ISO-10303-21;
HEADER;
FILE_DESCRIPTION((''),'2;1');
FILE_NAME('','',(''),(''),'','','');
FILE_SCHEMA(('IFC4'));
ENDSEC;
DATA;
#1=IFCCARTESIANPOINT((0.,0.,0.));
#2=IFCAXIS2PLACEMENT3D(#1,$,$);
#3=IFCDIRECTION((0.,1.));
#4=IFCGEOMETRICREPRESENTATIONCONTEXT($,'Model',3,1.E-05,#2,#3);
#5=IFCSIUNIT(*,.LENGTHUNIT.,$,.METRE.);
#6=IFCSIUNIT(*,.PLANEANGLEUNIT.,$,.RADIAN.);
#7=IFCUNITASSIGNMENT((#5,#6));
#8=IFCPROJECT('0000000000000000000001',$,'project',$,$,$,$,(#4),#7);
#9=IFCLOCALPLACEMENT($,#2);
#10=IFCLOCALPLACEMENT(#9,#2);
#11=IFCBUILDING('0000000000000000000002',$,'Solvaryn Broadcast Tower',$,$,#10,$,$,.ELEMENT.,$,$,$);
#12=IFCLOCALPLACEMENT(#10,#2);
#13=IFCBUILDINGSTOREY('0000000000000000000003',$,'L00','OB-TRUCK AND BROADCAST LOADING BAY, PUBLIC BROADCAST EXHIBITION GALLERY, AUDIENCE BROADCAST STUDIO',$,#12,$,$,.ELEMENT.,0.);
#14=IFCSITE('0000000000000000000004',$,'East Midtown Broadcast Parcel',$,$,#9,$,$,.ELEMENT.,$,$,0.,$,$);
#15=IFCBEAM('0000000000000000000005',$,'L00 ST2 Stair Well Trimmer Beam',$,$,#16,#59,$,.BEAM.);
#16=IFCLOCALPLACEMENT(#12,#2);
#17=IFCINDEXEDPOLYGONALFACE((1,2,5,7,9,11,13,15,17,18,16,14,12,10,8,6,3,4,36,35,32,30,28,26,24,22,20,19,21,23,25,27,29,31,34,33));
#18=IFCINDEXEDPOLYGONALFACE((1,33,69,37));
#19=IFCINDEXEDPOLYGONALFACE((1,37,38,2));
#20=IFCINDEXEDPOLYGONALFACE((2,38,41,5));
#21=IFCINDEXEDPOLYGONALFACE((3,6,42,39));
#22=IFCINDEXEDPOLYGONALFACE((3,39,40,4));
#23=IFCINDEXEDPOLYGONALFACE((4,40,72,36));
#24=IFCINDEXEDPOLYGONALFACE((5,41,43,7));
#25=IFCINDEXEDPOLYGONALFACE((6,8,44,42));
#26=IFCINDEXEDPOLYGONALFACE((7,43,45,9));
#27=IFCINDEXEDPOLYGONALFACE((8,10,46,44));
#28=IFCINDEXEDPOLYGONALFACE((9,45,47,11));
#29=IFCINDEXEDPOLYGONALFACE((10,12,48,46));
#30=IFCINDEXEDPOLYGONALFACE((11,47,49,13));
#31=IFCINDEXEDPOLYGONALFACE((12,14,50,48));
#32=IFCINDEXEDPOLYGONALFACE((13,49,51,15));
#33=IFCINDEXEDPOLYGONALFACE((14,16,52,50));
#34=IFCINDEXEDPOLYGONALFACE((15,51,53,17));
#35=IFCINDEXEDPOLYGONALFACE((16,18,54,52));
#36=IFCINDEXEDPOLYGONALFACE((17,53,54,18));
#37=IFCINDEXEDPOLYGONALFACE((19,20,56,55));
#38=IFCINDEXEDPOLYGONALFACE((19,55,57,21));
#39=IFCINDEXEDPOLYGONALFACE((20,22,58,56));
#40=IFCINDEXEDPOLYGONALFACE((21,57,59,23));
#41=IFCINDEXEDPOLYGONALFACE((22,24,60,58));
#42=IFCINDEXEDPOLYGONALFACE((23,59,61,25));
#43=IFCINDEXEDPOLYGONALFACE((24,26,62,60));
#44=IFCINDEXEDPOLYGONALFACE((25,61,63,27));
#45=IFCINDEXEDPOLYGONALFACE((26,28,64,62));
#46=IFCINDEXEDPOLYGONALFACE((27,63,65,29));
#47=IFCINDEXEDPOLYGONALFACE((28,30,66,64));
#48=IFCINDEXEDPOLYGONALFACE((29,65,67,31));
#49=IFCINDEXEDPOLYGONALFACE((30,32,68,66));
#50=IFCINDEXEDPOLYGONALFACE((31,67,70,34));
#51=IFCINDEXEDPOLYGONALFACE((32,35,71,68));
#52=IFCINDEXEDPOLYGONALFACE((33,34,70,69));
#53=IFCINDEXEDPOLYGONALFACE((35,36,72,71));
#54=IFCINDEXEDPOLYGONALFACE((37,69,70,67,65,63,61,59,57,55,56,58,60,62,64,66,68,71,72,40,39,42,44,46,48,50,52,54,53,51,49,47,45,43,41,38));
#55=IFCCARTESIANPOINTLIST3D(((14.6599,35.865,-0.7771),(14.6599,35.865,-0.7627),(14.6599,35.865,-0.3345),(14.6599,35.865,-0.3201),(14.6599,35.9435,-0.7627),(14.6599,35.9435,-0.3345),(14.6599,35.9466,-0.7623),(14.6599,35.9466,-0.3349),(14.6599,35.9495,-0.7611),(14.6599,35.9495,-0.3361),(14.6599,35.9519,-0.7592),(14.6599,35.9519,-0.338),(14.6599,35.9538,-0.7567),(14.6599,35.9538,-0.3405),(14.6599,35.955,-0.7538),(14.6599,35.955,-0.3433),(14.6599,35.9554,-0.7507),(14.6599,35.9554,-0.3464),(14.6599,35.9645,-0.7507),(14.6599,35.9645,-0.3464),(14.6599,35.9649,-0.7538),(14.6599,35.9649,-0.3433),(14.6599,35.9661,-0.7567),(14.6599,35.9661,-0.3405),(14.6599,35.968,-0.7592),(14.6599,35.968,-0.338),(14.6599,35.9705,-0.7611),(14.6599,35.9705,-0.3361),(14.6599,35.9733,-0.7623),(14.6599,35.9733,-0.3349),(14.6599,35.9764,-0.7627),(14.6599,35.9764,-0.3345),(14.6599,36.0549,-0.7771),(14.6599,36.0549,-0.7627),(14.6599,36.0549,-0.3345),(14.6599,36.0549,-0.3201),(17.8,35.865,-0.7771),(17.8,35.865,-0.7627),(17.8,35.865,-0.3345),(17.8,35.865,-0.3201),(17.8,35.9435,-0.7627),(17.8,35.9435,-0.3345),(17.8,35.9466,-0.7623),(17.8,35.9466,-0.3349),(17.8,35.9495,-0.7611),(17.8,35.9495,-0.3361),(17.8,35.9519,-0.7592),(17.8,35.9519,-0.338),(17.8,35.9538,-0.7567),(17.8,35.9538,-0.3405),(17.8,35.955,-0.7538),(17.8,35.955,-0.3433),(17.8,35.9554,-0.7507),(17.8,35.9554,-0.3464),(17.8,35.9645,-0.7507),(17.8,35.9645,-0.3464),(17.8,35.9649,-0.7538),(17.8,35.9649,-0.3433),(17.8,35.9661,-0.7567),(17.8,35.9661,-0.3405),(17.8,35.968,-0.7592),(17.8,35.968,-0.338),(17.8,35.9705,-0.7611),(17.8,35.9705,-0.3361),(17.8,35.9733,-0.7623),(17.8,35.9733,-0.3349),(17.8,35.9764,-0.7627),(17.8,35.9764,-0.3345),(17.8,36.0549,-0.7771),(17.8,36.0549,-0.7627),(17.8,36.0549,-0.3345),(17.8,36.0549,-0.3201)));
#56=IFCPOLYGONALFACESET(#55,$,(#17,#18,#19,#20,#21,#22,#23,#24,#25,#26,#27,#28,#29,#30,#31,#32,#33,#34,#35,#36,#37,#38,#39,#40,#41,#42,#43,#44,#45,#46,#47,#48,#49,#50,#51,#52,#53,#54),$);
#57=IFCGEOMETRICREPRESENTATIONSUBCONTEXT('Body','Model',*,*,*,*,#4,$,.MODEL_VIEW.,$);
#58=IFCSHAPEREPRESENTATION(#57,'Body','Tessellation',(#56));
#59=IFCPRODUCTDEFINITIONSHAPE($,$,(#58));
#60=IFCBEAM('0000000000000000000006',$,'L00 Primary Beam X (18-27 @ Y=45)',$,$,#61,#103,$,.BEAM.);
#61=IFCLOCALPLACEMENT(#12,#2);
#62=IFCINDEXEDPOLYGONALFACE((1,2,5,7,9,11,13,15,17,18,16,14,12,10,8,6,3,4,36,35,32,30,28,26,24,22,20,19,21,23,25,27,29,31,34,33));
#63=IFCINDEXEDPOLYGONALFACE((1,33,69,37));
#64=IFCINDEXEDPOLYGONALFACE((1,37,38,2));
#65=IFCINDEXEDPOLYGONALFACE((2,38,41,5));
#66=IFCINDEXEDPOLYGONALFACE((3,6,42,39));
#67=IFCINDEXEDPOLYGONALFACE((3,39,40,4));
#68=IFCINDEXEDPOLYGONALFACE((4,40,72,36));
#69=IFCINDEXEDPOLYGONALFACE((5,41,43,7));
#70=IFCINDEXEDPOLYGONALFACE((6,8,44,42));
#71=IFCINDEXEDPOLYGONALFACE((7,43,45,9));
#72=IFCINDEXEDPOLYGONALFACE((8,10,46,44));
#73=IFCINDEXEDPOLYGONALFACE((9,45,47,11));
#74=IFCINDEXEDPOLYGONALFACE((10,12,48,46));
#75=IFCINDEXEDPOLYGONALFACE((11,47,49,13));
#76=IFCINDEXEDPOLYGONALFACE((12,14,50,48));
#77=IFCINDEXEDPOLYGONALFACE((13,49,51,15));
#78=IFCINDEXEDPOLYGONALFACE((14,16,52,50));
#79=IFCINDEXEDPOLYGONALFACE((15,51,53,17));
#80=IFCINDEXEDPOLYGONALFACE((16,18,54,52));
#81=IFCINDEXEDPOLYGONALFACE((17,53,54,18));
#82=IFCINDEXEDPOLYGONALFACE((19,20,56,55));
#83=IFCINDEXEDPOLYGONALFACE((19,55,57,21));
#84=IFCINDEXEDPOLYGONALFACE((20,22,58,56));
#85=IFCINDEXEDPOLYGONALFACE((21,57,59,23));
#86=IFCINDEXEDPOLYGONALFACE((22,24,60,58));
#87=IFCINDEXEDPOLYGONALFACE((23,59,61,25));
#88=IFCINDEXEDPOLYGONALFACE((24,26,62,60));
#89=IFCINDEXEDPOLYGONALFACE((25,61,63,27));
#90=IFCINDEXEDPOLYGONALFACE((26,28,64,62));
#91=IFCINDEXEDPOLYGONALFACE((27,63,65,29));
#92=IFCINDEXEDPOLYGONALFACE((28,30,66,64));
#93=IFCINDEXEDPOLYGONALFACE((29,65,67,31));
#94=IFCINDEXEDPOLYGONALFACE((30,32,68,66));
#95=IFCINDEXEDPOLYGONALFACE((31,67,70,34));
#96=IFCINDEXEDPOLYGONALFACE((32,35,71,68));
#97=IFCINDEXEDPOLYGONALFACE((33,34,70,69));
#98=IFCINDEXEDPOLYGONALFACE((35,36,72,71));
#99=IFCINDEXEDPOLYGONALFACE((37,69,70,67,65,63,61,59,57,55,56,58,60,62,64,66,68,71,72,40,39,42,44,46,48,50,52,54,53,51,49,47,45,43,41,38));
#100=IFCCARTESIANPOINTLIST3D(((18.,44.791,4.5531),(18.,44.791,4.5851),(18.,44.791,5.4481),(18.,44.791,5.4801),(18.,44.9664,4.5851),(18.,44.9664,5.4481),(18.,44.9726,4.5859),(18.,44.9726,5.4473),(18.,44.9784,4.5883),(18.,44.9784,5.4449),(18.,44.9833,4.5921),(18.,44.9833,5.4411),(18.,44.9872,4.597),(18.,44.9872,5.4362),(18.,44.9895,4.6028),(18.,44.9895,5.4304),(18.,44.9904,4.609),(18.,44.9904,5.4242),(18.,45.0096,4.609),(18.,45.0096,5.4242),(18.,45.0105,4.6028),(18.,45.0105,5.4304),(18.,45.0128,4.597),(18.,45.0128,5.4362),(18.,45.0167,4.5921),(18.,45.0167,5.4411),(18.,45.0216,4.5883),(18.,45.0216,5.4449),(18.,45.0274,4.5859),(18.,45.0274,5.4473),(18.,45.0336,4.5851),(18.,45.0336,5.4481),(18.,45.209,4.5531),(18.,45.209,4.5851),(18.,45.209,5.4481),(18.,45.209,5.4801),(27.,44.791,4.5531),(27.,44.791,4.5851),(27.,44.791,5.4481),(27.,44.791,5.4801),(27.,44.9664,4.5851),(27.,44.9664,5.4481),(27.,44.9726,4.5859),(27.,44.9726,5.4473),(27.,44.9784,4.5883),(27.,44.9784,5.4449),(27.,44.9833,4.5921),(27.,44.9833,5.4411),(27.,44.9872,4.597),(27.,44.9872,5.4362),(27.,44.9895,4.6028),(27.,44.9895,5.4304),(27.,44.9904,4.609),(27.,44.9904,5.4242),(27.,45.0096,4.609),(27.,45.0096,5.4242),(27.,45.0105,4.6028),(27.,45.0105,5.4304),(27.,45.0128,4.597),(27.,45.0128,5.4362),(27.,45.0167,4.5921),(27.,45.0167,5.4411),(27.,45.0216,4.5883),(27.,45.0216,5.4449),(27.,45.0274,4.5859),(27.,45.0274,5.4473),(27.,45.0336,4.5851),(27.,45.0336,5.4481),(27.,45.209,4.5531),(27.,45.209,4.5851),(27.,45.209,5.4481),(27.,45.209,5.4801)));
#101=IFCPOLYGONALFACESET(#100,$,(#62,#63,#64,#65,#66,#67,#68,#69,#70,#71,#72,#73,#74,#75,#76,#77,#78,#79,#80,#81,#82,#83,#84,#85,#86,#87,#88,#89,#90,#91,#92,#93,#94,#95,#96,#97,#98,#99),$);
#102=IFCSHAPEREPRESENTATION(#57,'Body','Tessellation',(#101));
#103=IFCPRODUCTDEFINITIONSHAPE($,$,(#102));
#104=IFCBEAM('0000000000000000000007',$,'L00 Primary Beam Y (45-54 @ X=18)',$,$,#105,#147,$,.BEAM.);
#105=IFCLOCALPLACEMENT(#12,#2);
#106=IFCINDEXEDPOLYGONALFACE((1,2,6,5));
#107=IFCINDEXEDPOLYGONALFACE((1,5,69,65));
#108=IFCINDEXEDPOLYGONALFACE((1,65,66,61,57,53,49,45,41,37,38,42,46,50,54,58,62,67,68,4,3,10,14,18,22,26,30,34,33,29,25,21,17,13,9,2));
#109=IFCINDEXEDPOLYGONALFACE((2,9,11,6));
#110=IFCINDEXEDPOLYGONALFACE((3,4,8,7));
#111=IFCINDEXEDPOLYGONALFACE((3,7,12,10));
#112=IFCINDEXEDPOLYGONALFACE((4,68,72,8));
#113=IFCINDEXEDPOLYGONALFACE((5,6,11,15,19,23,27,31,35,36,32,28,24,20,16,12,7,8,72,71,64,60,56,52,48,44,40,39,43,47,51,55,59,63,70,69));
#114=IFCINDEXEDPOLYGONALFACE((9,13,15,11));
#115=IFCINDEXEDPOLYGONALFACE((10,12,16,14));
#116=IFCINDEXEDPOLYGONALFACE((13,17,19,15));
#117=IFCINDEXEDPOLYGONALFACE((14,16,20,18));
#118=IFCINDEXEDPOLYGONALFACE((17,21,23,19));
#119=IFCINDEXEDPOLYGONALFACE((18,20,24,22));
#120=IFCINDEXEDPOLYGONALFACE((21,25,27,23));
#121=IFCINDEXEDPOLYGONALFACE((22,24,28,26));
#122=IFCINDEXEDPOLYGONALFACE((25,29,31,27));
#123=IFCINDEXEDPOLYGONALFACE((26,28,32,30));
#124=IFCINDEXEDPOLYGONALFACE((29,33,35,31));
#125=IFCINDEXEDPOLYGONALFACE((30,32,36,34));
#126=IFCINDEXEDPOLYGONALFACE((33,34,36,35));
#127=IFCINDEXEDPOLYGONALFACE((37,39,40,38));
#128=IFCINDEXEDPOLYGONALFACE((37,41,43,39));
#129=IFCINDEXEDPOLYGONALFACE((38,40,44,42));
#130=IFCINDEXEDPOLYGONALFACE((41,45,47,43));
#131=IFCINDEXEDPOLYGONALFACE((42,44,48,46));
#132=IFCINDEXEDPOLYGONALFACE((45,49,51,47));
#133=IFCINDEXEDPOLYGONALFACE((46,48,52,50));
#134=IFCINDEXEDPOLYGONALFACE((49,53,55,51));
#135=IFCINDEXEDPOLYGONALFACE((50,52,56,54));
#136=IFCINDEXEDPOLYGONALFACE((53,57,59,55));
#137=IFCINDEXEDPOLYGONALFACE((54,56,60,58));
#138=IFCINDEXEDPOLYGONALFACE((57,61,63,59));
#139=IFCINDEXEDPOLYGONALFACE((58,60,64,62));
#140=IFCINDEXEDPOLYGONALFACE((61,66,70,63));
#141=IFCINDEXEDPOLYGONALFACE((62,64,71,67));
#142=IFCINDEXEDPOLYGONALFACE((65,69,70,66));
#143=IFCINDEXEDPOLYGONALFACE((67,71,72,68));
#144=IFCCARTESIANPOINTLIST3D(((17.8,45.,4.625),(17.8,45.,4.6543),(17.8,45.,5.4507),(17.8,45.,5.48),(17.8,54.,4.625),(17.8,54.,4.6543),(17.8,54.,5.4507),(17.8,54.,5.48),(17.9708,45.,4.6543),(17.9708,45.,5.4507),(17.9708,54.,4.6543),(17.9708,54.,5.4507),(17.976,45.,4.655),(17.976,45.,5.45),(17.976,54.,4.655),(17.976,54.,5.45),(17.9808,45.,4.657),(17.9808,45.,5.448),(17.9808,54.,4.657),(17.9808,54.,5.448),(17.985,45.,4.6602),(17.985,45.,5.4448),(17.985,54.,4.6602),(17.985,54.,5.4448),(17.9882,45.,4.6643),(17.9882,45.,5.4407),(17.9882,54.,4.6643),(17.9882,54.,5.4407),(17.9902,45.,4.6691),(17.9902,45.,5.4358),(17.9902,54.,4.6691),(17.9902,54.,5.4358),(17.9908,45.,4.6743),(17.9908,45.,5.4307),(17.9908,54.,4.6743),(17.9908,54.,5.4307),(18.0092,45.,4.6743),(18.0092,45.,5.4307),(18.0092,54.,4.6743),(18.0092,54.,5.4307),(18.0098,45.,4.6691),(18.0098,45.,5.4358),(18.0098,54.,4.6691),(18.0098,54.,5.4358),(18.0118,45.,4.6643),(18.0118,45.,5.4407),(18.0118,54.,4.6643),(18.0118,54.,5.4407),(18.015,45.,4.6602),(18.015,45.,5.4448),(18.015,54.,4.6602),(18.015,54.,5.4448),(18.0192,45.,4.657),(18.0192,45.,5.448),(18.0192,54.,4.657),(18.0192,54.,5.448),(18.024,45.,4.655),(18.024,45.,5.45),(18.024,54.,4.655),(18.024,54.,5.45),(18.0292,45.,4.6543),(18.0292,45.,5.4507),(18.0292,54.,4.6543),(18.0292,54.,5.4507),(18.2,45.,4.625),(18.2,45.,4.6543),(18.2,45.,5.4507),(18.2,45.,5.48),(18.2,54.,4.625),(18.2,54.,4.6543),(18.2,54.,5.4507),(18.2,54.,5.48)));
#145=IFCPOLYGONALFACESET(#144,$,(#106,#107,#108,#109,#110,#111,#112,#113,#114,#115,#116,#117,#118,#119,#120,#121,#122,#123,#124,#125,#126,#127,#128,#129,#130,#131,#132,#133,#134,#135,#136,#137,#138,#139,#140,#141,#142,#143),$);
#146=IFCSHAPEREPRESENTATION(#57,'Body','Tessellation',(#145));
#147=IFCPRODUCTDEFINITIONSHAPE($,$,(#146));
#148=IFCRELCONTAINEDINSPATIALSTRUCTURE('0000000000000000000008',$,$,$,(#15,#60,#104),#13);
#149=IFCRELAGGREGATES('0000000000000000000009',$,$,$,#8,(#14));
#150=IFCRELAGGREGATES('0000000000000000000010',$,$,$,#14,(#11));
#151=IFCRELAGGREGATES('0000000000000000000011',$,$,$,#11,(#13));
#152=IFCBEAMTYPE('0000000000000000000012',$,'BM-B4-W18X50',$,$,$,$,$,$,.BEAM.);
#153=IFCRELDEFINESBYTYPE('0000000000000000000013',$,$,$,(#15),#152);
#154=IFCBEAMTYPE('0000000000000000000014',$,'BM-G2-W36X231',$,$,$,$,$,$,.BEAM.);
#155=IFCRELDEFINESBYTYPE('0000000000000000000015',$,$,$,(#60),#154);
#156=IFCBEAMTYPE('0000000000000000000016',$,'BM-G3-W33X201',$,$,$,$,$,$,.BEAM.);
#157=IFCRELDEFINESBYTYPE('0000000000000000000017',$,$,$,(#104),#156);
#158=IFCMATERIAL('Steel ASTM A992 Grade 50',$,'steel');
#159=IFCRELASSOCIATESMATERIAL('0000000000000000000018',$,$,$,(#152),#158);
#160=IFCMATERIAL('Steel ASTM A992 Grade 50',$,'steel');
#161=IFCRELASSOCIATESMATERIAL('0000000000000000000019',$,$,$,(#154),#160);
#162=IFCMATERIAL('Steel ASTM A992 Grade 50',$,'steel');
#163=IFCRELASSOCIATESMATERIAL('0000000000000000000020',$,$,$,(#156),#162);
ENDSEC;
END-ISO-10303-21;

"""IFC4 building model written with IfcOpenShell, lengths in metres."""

from ifc_helpers import new_model, si_unit, direction, frame, origin, origin_2d, place, context, subcontext, project, spatial, i_section, extrude, material, material_profile, profile_set, type_object, element, save


model = new_model("IFC4")

# Units and contexts
model_context = context("Model", 3, precision=1e-05, world=origin(), true_north=direction((0.0, 1.0)))
body_context = subcontext(model_context, "Body", "Model", "MODEL_VIEW")
ifc_project = project(units=[si_unit("LENGTHUNIT", "METRE"), si_unit("PLANEANGLEUNIT", "RADIAN")], contexts=[model_context])

# Site, building, storey
site_placement = place(None, origin())
site = spatial("IfcSite", under=ifc_project, at=site_placement, Name="East Midtown Broadcast Parcel", CompositionType="ELEMENT", RefElevation=0.0)
building_placement = place(site_placement, origin())
building = spatial("IfcBuilding", under=site, at=building_placement, Name="Solvaryn Broadcast Tower", CompositionType="ELEMENT")
storey_placement = place(building_placement, origin())
storey = spatial("IfcBuildingStorey", under=building, at=storey_placement, Name="L00", Description="OB-TRUCK AND BROADCAST LOADING BAY, PUBLIC BROADCAST EXHIBITION GALLERY, AUDIENCE BROADCAST STUDIO", CompositionType="ELEMENT", Elevation=0.0)

# Beams
ifc_material_1 = material(Name="Steel ASTM A992 Grade 50", Category="steel")
ifc_material_profile_1 = material_profile(ifc_material_1, i_section(OverallWidth=0.1899, OverallDepth=0.457, WebThickness=0.009, FlangeThickness=0.0144, FilletRadius=0.012, at=origin_2d()))
ifc_profile_set_1 = profile_set([ifc_material_profile_1], Name="Steel ASTM A992 Grade 50")
beam_type_1 = type_object("IfcBeamType", Name="BM-B4-W18X50", PredefinedType="BEAM", material=ifc_profile_set_1)
beam_1_placement = place(storey_placement, frame((14.6599, 35.96, -0.5486), z_axis=(1.0, 0.0, 0.0), x_axis=(0.0, 1.0, 0.0)))
element("IfcBeam", 1, at=beam_1_placement, inside=storey, type_object=beam_type_1, Name="L00 ST2 Stair Well Trimmer Beam", PredefinedType="BEAM", context=body_context, shape_type="SweptSolid", body=[
    extrude(i_section(OverallWidth=0.1899, OverallDepth=0.457, WebThickness=0.009, FlangeThickness=0.0144, FilletRadius=0.012, at=origin_2d()), origin(), (0.0, 0.0, 1.0), 3.1401),
])
ifc_material_2 = material(Name="Steel ASTM A992 Grade 50", Category="steel")
ifc_material_profile_2 = material_profile(ifc_material_2, i_section(OverallWidth=0.418, OverallDepth=0.927, WebThickness=0.0193, FlangeThickness=0.032, FilletRadius=0.0239, at=origin_2d()))
ifc_profile_set_2 = profile_set([ifc_material_profile_2], Name="Steel ASTM A992 Grade 50")
beam_type_2 = type_object("IfcBeamType", Name="BM-G2-W36X231", PredefinedType="BEAM", material=ifc_profile_set_2)
beam_2_placement = place(storey_placement, frame((18.0, 45.0, 5.0166), z_axis=(1.0, 0.0, 0.0), x_axis=(0.0, 1.0, 0.0)))
element("IfcBeam", 2, at=beam_2_placement, inside=storey, type_object=beam_type_2, Name="L00 Primary Beam X (18-27 @ Y=45)", PredefinedType="BEAM", context=body_context, shape_type="SweptSolid", body=[
    extrude(i_section(OverallWidth=0.418, OverallDepth=0.927, WebThickness=0.0193, FlangeThickness=0.032, FilletRadius=0.0239, at=origin_2d()), origin(), (0.0, 0.0, 1.0), 9.0),
])
ifc_material_3 = material(Name="Steel ASTM A992 Grade 50", Category="steel")
ifc_material_profile_3 = material_profile(ifc_material_3, i_section(OverallWidth=0.3999, OverallDepth=0.855, WebThickness=0.0183, FlangeThickness=0.0293, FilletRadius=0.02, at=origin_2d()))
ifc_profile_set_3 = profile_set([ifc_material_profile_3], Name="Steel ASTM A992 Grade 50")
beam_type_3 = type_object("IfcBeamType", Name="BM-G3-W33X201", PredefinedType="BEAM", material=ifc_profile_set_3)
beam_3_placement = place(storey_placement, frame((18.0, 45.0, 5.0525), z_axis=(0.0, 1.0, 0.0), x_axis=(-1.0, 0.0, 0.0)))
element("IfcBeam", 3, at=beam_3_placement, inside=storey, type_object=beam_type_3, Name="L00 Primary Beam Y (45-54 @ X=18)", PredefinedType="BEAM", context=body_context, shape_type="SweptSolid", body=[
    extrude(i_section(OverallWidth=0.3999, OverallDepth=0.855, WebThickness=0.0183, FlangeThickness=0.0293, FilletRadius=0.02, at=origin_2d()), origin(), (0.0, 0.0, 1.0), 9.0),
])

save(model, "model.ifc")
